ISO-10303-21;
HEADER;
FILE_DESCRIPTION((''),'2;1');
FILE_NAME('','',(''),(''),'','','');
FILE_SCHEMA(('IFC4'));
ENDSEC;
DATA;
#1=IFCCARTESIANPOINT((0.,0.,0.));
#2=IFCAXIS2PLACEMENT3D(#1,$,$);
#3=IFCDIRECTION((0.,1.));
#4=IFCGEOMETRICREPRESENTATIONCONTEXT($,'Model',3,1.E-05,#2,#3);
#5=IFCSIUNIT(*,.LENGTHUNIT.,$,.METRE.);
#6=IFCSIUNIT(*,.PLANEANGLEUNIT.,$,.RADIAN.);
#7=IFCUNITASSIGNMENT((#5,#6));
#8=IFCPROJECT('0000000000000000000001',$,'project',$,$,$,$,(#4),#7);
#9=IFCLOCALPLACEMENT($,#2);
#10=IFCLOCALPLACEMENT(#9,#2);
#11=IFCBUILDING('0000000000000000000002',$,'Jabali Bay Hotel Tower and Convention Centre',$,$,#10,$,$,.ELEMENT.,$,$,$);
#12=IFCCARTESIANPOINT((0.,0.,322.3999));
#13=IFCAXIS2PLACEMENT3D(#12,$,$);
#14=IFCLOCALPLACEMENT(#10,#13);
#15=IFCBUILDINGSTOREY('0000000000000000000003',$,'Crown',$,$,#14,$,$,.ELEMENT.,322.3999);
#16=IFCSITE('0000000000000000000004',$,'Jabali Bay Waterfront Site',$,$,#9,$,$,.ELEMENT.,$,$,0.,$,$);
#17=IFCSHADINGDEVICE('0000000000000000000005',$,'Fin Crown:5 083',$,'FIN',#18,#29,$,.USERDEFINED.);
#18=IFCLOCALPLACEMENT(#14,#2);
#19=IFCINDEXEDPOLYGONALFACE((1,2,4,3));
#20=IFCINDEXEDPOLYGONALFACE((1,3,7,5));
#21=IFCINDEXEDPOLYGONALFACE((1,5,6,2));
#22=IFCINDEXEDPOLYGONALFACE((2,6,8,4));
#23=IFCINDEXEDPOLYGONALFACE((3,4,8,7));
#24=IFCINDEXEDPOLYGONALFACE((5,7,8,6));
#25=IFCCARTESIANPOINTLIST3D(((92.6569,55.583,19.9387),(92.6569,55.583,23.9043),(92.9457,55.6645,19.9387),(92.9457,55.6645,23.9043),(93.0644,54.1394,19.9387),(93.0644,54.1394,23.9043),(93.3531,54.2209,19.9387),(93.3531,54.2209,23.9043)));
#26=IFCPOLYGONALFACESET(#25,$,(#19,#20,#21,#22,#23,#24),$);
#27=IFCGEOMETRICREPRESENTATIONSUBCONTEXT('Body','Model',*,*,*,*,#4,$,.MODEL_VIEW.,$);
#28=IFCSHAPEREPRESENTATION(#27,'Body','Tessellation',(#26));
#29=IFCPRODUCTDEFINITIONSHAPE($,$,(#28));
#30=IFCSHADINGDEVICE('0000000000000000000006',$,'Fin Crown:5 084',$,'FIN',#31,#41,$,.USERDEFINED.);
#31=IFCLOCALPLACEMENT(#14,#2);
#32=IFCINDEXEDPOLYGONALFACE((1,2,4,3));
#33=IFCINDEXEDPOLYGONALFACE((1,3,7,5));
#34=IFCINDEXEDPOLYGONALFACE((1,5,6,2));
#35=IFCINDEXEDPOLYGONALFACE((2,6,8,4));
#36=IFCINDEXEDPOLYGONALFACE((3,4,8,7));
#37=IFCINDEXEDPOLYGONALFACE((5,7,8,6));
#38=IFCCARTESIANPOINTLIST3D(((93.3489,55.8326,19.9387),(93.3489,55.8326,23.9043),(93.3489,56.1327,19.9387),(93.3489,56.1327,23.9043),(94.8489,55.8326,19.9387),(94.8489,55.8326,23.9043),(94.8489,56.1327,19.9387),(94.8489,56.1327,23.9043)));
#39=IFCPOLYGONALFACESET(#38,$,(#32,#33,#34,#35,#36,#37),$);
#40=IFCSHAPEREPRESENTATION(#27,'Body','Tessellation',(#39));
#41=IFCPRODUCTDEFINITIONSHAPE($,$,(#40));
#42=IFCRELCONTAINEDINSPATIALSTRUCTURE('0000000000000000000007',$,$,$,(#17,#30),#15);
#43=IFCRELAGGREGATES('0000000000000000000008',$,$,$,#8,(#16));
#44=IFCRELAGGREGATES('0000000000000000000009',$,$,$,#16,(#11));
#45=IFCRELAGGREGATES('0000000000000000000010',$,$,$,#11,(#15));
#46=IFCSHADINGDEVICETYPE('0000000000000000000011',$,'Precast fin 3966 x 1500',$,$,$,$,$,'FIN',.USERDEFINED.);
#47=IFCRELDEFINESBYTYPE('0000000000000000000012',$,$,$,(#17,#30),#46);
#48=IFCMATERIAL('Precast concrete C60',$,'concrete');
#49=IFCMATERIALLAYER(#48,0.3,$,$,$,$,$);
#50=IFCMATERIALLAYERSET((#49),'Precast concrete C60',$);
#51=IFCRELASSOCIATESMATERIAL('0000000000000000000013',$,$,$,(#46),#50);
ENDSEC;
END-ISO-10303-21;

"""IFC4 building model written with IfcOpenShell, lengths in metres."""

from ifc_helpers import new_model, si_unit, direction, frame, frame_2d, origin, place, context, subcontext, project, spatial, rectangle, extrude, material, layer, layer_set, type_object, element, save


model = new_model("IFC4")

# Units and contexts
model_context = context("Model", 3, precision=1e-05, world=origin(), true_north=direction((0.0, 1.0)))
body_context = subcontext(model_context, "Body", "Model", "MODEL_VIEW")
ifc_project = project(units=[si_unit("LENGTHUNIT", "METRE"), si_unit("PLANEANGLEUNIT", "RADIAN")], contexts=[model_context])

# Site, building, storey
site_placement = place(None, origin())
site = spatial("IfcSite", under=ifc_project, at=site_placement, Name="Jabali Bay Waterfront Site", CompositionType="ELEMENT", RefElevation=0.0)
building_placement = place(site_placement, origin())
building = spatial("IfcBuilding", under=site, at=building_placement, Name="Jabali Bay Hotel Tower and Convention Centre", CompositionType="ELEMENT")
storey_placement = place(building_placement, frame((0.0, 0.0, 322.3999)))
storey = spatial("IfcBuildingStorey", under=building, at=storey_placement, Name="Crown", CompositionType="ELEMENT", Elevation=322.3999)

# Shading devices
ifc_material_1 = material(Name="Precast concrete C60", Category="concrete")
ifc_layer = layer(ifc_material_1, 0.3)
ifc_layer_set = layer_set([ifc_layer], Name="Precast concrete C60")
shading_device_type = type_object("IfcShadingDeviceType", Name="Precast fin 3966 x 1500", ElementType="FIN", PredefinedType="USERDEFINED", material=ifc_layer_set)
for number, where, z_axis, x_axis, name in (
    (1, (92.8013, 55.6238, 19.9387), (0.0, 0.0, 1.0), (0.271646, -0.962397, 0.0), "Fin Crown:5 083"),
    (2, (93.3489, 55.9827, 19.9387), (0.0, 0.0, 1.0), (1.0, 0.0, 0.0), "Fin Crown:5 084"),
):
    element("IfcShadingDevice", number, at=place(storey_placement, frame(where, z_axis=z_axis, x_axis=x_axis)), inside=storey, type_object=shading_device_type, Name=name, ObjectType="FIN", PredefinedType="USERDEFINED", context=body_context, shape_type="SweptSolid", body=[
        extrude(rectangle(XDim=1.5, YDim=0.3, at=frame_2d((0.75, 0.0))), origin(), (0.0, 0.0, 1.0), 3.9656),
    ])

save(model, "model.ifc")
